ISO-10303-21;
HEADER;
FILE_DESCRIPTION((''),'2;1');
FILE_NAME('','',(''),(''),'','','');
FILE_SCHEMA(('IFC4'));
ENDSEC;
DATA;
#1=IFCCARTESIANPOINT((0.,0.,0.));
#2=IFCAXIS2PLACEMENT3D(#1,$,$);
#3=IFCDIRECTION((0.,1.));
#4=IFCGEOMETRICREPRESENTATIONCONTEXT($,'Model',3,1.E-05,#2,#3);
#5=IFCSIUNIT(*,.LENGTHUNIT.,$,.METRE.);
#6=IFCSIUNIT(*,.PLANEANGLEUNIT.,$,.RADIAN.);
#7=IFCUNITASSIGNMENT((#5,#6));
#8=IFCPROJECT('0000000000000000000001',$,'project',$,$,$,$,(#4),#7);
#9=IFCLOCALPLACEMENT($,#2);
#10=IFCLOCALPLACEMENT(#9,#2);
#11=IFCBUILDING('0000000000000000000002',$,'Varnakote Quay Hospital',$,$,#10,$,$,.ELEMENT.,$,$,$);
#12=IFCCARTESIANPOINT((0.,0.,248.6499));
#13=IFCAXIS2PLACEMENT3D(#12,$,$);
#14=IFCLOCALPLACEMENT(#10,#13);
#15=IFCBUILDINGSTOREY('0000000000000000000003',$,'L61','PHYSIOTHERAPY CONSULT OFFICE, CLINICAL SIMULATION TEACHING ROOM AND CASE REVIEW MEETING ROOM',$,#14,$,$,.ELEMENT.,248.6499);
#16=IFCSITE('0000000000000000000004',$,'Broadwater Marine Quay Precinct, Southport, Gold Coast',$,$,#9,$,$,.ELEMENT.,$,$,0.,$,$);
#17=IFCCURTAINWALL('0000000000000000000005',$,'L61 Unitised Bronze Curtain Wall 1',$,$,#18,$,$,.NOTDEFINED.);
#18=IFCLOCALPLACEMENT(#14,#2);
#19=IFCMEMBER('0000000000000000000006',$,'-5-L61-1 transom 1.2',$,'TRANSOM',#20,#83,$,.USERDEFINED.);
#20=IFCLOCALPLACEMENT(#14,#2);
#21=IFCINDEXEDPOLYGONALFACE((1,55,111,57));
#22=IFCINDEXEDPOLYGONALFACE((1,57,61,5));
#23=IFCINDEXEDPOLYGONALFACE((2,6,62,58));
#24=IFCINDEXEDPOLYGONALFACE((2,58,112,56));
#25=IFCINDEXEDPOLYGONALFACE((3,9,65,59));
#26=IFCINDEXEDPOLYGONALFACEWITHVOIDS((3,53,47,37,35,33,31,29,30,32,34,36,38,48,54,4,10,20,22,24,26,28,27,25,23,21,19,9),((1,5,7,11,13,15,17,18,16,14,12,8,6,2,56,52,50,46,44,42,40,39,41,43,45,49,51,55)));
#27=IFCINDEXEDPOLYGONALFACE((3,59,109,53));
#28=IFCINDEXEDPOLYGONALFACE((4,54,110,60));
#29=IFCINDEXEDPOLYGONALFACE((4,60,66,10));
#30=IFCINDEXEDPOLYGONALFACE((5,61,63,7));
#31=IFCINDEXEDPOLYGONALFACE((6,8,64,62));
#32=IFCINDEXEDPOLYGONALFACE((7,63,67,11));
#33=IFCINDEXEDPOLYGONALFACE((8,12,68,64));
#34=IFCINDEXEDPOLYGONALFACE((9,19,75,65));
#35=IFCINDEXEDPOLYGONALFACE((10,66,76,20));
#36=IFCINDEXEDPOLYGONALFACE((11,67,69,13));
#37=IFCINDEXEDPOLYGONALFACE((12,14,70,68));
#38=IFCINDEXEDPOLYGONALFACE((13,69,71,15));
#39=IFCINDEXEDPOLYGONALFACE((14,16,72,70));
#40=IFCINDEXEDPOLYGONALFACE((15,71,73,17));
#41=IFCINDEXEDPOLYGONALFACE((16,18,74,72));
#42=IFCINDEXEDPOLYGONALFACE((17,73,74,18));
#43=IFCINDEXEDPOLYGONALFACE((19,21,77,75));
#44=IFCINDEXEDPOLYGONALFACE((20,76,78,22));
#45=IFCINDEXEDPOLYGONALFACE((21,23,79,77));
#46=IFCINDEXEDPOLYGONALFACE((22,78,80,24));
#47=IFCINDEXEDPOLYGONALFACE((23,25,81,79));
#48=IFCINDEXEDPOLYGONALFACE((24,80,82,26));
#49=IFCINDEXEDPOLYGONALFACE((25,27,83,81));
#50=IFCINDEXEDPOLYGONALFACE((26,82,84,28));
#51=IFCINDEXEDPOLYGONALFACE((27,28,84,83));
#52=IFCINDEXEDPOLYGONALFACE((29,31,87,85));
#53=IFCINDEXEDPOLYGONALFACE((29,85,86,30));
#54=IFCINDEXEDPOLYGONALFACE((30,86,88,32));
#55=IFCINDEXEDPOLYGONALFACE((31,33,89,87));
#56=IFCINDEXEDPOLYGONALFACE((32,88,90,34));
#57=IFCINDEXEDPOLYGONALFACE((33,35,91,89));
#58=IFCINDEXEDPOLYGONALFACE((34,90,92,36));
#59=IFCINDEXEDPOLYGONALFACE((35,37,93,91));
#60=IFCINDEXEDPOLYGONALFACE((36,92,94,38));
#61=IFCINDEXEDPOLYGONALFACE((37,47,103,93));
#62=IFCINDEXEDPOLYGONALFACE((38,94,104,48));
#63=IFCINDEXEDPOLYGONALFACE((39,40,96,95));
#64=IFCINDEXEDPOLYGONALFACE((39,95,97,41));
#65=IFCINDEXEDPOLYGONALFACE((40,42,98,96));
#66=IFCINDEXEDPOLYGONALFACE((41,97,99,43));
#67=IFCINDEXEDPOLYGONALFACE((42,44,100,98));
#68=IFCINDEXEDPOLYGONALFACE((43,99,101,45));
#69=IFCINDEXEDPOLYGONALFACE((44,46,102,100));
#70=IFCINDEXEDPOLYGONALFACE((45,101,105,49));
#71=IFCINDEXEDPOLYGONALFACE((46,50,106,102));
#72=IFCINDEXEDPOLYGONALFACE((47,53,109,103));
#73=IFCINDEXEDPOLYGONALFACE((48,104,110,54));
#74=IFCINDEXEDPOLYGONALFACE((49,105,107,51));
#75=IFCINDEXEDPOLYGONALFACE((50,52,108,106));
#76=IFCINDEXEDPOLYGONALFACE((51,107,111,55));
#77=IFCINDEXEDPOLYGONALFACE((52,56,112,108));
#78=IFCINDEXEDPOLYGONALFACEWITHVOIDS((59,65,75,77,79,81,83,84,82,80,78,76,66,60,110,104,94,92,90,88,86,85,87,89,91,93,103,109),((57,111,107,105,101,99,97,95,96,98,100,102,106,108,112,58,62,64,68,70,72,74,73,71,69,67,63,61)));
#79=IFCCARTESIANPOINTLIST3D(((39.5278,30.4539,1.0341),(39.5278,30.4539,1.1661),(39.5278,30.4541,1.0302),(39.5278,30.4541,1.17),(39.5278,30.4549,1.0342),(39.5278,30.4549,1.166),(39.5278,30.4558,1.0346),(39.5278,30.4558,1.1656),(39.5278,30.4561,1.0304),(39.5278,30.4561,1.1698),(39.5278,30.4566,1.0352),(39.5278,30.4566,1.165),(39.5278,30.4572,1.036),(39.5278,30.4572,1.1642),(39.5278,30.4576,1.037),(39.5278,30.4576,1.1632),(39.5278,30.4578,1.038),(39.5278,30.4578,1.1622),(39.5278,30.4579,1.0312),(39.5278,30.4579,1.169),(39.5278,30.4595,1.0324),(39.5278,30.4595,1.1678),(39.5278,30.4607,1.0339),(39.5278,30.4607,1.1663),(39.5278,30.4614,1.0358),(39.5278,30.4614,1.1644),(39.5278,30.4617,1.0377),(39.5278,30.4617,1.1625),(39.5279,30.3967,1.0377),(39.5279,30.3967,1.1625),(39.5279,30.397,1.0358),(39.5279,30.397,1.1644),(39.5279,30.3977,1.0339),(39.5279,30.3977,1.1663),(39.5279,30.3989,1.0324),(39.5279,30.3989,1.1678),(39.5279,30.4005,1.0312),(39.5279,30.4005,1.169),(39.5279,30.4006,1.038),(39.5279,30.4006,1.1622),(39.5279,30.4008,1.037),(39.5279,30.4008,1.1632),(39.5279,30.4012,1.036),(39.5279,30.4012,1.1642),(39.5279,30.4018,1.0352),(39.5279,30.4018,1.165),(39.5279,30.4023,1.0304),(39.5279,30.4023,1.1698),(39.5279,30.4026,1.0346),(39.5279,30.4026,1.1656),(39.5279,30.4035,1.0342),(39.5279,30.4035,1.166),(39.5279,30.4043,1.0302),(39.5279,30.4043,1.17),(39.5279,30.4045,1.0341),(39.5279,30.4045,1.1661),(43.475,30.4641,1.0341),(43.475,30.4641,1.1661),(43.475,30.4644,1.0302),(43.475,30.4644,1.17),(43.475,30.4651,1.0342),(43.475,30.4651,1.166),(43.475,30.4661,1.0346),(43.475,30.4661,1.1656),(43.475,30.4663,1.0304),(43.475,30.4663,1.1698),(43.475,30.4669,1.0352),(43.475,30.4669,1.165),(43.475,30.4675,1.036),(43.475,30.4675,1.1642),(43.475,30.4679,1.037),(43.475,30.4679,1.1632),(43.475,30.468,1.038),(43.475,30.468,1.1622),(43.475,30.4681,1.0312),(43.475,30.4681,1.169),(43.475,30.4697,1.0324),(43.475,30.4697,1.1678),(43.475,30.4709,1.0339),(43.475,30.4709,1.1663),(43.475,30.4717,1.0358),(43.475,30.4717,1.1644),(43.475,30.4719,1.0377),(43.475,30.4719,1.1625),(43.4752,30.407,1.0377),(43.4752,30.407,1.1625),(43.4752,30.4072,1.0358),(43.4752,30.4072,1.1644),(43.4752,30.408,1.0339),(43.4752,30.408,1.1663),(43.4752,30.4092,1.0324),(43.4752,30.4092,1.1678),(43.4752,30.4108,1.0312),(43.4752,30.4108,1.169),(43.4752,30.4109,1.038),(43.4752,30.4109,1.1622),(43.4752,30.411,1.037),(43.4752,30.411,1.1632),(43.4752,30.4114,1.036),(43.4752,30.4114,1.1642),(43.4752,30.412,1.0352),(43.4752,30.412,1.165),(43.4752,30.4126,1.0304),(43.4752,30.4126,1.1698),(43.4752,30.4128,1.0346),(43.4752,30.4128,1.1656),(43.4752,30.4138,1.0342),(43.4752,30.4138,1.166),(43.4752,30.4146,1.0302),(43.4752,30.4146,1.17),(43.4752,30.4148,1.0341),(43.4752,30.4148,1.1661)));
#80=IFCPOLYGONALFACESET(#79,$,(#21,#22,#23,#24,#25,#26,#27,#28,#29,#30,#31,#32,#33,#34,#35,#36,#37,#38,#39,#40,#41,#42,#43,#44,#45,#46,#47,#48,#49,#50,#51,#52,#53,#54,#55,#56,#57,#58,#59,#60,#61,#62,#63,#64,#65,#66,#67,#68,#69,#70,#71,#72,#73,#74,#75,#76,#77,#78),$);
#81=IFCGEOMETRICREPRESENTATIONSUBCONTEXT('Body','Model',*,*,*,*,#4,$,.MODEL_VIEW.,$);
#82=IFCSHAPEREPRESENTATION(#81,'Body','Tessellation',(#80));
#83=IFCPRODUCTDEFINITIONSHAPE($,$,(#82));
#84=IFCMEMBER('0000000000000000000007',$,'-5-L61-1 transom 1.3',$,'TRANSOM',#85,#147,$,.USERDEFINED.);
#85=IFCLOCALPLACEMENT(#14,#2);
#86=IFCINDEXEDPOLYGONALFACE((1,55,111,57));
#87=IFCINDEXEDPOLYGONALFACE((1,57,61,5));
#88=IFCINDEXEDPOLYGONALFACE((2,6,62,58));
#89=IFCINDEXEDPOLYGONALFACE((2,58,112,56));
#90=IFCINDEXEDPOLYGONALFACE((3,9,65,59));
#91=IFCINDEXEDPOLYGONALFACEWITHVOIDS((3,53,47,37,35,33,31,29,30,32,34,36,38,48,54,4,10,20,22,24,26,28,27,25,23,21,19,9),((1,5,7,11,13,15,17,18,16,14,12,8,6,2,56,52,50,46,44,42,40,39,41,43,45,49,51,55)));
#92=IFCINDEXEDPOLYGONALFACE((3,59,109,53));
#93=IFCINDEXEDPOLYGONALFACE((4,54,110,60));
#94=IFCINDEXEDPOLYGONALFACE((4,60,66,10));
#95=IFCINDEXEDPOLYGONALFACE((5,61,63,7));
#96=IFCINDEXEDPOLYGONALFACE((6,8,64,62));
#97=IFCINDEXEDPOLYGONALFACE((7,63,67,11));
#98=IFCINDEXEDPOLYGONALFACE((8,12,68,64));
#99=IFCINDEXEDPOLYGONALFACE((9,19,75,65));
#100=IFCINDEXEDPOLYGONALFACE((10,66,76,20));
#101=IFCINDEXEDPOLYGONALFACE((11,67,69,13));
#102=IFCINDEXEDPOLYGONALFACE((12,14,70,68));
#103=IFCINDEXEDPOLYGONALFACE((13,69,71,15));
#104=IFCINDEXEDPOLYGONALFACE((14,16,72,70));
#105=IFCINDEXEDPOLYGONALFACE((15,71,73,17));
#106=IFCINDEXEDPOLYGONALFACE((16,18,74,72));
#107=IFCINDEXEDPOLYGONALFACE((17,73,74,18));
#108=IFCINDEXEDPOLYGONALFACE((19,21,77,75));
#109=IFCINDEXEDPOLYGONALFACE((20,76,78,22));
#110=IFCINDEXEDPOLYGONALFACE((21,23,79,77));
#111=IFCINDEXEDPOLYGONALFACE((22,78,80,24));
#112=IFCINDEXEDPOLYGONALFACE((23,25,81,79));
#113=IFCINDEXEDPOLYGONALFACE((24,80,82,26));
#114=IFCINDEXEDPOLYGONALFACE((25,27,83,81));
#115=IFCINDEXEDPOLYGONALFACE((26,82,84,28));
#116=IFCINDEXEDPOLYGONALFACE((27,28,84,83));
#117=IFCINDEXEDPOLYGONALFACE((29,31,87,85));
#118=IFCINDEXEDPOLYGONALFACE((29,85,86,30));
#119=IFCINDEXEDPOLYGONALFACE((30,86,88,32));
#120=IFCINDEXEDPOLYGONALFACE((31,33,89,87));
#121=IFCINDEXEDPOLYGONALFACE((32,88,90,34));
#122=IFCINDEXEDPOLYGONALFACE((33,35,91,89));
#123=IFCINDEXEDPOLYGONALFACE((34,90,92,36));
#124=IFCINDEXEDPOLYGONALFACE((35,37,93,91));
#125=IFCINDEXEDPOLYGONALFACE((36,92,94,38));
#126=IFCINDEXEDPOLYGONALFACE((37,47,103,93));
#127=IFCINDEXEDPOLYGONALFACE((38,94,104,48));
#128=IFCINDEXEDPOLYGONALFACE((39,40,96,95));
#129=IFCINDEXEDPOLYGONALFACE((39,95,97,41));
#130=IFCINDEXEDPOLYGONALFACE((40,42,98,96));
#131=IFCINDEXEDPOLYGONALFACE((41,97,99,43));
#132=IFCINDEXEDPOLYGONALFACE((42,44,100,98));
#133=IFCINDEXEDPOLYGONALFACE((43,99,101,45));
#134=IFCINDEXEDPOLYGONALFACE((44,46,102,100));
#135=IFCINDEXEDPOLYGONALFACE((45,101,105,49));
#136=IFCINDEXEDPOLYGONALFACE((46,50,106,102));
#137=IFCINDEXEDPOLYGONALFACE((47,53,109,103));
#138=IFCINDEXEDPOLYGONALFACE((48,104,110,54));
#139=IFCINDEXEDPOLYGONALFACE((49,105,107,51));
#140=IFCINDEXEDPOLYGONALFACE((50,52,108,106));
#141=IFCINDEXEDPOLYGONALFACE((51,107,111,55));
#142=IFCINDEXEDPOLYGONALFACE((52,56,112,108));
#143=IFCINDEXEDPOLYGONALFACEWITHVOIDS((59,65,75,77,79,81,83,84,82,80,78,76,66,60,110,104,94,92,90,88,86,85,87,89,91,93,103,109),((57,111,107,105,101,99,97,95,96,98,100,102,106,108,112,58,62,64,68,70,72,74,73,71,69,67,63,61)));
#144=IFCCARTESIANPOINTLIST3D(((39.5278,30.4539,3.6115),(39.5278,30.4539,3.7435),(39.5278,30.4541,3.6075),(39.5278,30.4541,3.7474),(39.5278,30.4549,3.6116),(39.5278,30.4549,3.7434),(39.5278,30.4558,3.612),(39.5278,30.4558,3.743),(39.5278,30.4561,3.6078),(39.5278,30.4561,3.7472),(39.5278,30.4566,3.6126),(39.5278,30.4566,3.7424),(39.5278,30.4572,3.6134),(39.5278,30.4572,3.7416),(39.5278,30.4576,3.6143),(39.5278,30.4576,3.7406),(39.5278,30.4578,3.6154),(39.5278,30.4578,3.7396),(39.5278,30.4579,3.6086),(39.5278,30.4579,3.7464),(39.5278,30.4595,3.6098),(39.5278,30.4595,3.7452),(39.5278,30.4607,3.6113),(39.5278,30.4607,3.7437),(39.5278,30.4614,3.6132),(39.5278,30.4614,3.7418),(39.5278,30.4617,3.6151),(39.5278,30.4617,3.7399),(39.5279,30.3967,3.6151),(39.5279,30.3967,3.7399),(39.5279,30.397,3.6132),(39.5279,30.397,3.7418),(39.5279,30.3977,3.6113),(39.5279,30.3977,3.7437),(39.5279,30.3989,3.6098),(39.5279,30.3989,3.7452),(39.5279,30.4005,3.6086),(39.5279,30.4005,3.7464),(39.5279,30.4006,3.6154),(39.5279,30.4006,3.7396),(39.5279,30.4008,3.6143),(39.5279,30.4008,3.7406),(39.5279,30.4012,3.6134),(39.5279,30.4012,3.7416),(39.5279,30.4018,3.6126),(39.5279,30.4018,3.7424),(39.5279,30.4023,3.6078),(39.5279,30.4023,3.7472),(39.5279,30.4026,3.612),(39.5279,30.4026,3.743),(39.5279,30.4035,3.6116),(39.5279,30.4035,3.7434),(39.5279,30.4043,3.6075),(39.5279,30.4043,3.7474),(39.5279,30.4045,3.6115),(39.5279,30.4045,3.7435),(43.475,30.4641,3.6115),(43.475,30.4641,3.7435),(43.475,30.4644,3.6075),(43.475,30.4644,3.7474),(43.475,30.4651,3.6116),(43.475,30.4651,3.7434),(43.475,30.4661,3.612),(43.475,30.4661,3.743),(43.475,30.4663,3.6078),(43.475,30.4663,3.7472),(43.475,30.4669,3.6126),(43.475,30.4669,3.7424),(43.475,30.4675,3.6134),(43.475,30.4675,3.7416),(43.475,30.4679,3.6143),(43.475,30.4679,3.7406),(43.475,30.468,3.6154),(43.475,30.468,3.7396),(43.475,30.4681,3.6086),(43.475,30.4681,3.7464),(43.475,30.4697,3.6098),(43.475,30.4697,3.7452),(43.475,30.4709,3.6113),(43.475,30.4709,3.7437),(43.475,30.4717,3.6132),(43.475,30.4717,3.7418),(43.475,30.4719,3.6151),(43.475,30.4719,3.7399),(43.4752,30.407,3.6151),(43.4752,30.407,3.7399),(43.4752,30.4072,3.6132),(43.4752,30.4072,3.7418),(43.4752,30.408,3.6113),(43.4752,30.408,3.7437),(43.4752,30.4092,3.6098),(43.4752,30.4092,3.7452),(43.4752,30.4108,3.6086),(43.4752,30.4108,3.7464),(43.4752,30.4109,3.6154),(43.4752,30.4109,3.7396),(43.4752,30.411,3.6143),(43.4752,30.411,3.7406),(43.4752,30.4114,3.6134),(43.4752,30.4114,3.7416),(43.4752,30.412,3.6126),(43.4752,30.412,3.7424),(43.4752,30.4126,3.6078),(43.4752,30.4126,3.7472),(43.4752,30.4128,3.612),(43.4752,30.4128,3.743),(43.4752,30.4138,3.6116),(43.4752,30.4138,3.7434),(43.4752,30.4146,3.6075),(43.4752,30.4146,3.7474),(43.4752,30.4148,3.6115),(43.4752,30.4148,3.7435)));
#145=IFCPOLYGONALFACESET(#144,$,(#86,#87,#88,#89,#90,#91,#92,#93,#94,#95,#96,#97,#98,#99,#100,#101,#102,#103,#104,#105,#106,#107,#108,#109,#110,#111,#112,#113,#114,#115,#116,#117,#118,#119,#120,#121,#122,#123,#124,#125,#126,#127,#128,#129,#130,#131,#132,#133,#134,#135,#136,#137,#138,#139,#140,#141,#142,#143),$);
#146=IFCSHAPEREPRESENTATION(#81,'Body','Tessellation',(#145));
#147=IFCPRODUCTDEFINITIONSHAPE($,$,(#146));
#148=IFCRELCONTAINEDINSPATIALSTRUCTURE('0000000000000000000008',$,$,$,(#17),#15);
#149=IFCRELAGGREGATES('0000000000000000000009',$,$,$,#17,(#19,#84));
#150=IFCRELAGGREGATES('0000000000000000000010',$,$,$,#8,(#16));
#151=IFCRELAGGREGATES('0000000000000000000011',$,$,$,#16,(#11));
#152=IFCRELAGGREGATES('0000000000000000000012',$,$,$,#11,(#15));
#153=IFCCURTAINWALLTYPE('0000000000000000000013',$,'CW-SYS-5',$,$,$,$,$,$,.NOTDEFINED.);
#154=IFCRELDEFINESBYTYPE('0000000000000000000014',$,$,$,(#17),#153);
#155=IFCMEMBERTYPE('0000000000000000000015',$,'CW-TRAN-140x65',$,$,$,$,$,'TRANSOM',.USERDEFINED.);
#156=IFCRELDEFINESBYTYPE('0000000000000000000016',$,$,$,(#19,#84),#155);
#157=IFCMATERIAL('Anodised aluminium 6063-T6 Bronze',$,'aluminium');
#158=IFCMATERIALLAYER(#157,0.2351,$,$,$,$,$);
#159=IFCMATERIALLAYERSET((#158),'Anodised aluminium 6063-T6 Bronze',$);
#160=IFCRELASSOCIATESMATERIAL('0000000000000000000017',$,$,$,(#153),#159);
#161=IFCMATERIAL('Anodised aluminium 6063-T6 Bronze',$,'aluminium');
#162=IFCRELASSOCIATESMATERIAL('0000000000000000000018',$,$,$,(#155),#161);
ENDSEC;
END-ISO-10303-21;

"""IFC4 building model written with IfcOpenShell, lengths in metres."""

from ifc_helpers import new_model, si_unit, direction, frame, origin, origin_2d, place, context, subcontext, project, spatial, hollow_rectangle, extrude, material, layer, layer_set, material_profile, profile_set, type_object, element, aggregate, save


model = new_model("IFC4")

# Units and contexts
model_context = context("Model", 3, precision=1e-05, world=origin(), true_north=direction((0.0, 1.0)))
body_context = subcontext(model_context, "Body", "Model", "MODEL_VIEW")
ifc_project = project(units=[si_unit("LENGTHUNIT", "METRE"), si_unit("PLANEANGLEUNIT", "RADIAN")], contexts=[model_context])

# Site, building, storey
site_placement = place(None, origin())
site = spatial("IfcSite", under=ifc_project, at=site_placement, Name="Broadwater Marine Quay Precinct, Southport, Gold Coast", CompositionType="ELEMENT", RefElevation=0.0)
building_placement = place(site_placement, origin())
building = spatial("IfcBuilding", under=site, at=building_placement, Name="Varnakote Quay Hospital", CompositionType="ELEMENT")
storey_placement = place(building_placement, frame((0.0, 0.0, 248.6499)))
storey = spatial("IfcBuildingStorey", under=building, at=storey_placement, Name="L61", Description="PHYSIOTHERAPY CONSULT OFFICE, CLINICAL SIMULATION TEACHING ROOM AND CASE REVIEW MEETING ROOM", CompositionType="ELEMENT", Elevation=248.6499)

# Curtain wall, members
ifc_material_1 = material(Name="Anodised aluminium 6063-T6 Bronze", Category="aluminium")
ifc_layer_1 = layer(ifc_material_1, 0.2351)
ifc_layer_set_1 = layer_set([ifc_layer_1], Name="Anodised aluminium 6063-T6 Bronze")
curtain_wall_type = type_object("IfcCurtainWallType", Name="CW-SYS-5", PredefinedType="NOTDEFINED", material=ifc_layer_set_1)
curtain_wall_placement = place(storey_placement, origin())
curtain_wall = element("IfcCurtainWall", 1, at=curtain_wall_placement, inside=storey, type_object=curtain_wall_type, Name="L61 Unitised Bronze Curtain Wall 1", PredefinedType="NOTDEFINED")
ifc_material_2 = material(Name="Anodised aluminium 6063-T6 Bronze", Category="aluminium")
ifc_material_profile_1 = material_profile(ifc_material_2, hollow_rectangle(XDim=0.0649, YDim=0.1399, WallThickness=0.0039, InnerFilletRadius=0.0039, OuterFilletRadius=0.0076, at=origin_2d()), Name="CW-TRAN-140x65")
ifc_profile_set_1 = profile_set([ifc_material_profile_1], Name="Anodised aluminium 6063-T6 Bronze")
member_type_1 = type_object("IfcMemberType", Name="CW-TRAN-140x65", ElementType="TRANSOM", PredefinedType="USERDEFINED", material=ifc_profile_set_1)
member_1_placement = place(storey_placement, frame((43.4751, 30.4395, 1.1001), z_axis=(-0.999997, -0.002598, 0.0), x_axis=(0.002598, -0.999997, 0.0)))
member_1 = element("IfcMember", 2, at=member_1_placement, type_object=member_type_1, Name="-5-L61-1 transom 1.2", ObjectType="TRANSOM", PredefinedType="USERDEFINED", context=body_context, shape_type="SweptSolid", body=[
    extrude(hollow_rectangle(XDim=0.0649, YDim=0.1399, WallThickness=0.0039, InnerFilletRadius=0.0039, OuterFilletRadius=0.0076, at=origin_2d()), origin(), (0.0, 0.0, 1.0), 3.9473),
])
member_2_placement = place(storey_placement, frame((43.4751, 30.4395, 3.6775), z_axis=(-0.999997, -0.002598, 0.0), x_axis=(0.002598, -0.999997, 0.0)))
member_2 = element("IfcMember", 3, at=member_2_placement, type_object=member_type_1, Name="-5-L61-1 transom 1.3", ObjectType="TRANSOM", PredefinedType="USERDEFINED", context=body_context, shape_type="SweptSolid", body=[
    extrude(hollow_rectangle(XDim=0.0649, YDim=0.1399, WallThickness=0.0039, InnerFilletRadius=0.0039, OuterFilletRadius=0.0076, at=origin_2d()), origin(), (0.0, 0.0, 1.0), 3.9473),
])

aggregate(curtain_wall, [member_1, member_2])

save(model, "model.ifc")
